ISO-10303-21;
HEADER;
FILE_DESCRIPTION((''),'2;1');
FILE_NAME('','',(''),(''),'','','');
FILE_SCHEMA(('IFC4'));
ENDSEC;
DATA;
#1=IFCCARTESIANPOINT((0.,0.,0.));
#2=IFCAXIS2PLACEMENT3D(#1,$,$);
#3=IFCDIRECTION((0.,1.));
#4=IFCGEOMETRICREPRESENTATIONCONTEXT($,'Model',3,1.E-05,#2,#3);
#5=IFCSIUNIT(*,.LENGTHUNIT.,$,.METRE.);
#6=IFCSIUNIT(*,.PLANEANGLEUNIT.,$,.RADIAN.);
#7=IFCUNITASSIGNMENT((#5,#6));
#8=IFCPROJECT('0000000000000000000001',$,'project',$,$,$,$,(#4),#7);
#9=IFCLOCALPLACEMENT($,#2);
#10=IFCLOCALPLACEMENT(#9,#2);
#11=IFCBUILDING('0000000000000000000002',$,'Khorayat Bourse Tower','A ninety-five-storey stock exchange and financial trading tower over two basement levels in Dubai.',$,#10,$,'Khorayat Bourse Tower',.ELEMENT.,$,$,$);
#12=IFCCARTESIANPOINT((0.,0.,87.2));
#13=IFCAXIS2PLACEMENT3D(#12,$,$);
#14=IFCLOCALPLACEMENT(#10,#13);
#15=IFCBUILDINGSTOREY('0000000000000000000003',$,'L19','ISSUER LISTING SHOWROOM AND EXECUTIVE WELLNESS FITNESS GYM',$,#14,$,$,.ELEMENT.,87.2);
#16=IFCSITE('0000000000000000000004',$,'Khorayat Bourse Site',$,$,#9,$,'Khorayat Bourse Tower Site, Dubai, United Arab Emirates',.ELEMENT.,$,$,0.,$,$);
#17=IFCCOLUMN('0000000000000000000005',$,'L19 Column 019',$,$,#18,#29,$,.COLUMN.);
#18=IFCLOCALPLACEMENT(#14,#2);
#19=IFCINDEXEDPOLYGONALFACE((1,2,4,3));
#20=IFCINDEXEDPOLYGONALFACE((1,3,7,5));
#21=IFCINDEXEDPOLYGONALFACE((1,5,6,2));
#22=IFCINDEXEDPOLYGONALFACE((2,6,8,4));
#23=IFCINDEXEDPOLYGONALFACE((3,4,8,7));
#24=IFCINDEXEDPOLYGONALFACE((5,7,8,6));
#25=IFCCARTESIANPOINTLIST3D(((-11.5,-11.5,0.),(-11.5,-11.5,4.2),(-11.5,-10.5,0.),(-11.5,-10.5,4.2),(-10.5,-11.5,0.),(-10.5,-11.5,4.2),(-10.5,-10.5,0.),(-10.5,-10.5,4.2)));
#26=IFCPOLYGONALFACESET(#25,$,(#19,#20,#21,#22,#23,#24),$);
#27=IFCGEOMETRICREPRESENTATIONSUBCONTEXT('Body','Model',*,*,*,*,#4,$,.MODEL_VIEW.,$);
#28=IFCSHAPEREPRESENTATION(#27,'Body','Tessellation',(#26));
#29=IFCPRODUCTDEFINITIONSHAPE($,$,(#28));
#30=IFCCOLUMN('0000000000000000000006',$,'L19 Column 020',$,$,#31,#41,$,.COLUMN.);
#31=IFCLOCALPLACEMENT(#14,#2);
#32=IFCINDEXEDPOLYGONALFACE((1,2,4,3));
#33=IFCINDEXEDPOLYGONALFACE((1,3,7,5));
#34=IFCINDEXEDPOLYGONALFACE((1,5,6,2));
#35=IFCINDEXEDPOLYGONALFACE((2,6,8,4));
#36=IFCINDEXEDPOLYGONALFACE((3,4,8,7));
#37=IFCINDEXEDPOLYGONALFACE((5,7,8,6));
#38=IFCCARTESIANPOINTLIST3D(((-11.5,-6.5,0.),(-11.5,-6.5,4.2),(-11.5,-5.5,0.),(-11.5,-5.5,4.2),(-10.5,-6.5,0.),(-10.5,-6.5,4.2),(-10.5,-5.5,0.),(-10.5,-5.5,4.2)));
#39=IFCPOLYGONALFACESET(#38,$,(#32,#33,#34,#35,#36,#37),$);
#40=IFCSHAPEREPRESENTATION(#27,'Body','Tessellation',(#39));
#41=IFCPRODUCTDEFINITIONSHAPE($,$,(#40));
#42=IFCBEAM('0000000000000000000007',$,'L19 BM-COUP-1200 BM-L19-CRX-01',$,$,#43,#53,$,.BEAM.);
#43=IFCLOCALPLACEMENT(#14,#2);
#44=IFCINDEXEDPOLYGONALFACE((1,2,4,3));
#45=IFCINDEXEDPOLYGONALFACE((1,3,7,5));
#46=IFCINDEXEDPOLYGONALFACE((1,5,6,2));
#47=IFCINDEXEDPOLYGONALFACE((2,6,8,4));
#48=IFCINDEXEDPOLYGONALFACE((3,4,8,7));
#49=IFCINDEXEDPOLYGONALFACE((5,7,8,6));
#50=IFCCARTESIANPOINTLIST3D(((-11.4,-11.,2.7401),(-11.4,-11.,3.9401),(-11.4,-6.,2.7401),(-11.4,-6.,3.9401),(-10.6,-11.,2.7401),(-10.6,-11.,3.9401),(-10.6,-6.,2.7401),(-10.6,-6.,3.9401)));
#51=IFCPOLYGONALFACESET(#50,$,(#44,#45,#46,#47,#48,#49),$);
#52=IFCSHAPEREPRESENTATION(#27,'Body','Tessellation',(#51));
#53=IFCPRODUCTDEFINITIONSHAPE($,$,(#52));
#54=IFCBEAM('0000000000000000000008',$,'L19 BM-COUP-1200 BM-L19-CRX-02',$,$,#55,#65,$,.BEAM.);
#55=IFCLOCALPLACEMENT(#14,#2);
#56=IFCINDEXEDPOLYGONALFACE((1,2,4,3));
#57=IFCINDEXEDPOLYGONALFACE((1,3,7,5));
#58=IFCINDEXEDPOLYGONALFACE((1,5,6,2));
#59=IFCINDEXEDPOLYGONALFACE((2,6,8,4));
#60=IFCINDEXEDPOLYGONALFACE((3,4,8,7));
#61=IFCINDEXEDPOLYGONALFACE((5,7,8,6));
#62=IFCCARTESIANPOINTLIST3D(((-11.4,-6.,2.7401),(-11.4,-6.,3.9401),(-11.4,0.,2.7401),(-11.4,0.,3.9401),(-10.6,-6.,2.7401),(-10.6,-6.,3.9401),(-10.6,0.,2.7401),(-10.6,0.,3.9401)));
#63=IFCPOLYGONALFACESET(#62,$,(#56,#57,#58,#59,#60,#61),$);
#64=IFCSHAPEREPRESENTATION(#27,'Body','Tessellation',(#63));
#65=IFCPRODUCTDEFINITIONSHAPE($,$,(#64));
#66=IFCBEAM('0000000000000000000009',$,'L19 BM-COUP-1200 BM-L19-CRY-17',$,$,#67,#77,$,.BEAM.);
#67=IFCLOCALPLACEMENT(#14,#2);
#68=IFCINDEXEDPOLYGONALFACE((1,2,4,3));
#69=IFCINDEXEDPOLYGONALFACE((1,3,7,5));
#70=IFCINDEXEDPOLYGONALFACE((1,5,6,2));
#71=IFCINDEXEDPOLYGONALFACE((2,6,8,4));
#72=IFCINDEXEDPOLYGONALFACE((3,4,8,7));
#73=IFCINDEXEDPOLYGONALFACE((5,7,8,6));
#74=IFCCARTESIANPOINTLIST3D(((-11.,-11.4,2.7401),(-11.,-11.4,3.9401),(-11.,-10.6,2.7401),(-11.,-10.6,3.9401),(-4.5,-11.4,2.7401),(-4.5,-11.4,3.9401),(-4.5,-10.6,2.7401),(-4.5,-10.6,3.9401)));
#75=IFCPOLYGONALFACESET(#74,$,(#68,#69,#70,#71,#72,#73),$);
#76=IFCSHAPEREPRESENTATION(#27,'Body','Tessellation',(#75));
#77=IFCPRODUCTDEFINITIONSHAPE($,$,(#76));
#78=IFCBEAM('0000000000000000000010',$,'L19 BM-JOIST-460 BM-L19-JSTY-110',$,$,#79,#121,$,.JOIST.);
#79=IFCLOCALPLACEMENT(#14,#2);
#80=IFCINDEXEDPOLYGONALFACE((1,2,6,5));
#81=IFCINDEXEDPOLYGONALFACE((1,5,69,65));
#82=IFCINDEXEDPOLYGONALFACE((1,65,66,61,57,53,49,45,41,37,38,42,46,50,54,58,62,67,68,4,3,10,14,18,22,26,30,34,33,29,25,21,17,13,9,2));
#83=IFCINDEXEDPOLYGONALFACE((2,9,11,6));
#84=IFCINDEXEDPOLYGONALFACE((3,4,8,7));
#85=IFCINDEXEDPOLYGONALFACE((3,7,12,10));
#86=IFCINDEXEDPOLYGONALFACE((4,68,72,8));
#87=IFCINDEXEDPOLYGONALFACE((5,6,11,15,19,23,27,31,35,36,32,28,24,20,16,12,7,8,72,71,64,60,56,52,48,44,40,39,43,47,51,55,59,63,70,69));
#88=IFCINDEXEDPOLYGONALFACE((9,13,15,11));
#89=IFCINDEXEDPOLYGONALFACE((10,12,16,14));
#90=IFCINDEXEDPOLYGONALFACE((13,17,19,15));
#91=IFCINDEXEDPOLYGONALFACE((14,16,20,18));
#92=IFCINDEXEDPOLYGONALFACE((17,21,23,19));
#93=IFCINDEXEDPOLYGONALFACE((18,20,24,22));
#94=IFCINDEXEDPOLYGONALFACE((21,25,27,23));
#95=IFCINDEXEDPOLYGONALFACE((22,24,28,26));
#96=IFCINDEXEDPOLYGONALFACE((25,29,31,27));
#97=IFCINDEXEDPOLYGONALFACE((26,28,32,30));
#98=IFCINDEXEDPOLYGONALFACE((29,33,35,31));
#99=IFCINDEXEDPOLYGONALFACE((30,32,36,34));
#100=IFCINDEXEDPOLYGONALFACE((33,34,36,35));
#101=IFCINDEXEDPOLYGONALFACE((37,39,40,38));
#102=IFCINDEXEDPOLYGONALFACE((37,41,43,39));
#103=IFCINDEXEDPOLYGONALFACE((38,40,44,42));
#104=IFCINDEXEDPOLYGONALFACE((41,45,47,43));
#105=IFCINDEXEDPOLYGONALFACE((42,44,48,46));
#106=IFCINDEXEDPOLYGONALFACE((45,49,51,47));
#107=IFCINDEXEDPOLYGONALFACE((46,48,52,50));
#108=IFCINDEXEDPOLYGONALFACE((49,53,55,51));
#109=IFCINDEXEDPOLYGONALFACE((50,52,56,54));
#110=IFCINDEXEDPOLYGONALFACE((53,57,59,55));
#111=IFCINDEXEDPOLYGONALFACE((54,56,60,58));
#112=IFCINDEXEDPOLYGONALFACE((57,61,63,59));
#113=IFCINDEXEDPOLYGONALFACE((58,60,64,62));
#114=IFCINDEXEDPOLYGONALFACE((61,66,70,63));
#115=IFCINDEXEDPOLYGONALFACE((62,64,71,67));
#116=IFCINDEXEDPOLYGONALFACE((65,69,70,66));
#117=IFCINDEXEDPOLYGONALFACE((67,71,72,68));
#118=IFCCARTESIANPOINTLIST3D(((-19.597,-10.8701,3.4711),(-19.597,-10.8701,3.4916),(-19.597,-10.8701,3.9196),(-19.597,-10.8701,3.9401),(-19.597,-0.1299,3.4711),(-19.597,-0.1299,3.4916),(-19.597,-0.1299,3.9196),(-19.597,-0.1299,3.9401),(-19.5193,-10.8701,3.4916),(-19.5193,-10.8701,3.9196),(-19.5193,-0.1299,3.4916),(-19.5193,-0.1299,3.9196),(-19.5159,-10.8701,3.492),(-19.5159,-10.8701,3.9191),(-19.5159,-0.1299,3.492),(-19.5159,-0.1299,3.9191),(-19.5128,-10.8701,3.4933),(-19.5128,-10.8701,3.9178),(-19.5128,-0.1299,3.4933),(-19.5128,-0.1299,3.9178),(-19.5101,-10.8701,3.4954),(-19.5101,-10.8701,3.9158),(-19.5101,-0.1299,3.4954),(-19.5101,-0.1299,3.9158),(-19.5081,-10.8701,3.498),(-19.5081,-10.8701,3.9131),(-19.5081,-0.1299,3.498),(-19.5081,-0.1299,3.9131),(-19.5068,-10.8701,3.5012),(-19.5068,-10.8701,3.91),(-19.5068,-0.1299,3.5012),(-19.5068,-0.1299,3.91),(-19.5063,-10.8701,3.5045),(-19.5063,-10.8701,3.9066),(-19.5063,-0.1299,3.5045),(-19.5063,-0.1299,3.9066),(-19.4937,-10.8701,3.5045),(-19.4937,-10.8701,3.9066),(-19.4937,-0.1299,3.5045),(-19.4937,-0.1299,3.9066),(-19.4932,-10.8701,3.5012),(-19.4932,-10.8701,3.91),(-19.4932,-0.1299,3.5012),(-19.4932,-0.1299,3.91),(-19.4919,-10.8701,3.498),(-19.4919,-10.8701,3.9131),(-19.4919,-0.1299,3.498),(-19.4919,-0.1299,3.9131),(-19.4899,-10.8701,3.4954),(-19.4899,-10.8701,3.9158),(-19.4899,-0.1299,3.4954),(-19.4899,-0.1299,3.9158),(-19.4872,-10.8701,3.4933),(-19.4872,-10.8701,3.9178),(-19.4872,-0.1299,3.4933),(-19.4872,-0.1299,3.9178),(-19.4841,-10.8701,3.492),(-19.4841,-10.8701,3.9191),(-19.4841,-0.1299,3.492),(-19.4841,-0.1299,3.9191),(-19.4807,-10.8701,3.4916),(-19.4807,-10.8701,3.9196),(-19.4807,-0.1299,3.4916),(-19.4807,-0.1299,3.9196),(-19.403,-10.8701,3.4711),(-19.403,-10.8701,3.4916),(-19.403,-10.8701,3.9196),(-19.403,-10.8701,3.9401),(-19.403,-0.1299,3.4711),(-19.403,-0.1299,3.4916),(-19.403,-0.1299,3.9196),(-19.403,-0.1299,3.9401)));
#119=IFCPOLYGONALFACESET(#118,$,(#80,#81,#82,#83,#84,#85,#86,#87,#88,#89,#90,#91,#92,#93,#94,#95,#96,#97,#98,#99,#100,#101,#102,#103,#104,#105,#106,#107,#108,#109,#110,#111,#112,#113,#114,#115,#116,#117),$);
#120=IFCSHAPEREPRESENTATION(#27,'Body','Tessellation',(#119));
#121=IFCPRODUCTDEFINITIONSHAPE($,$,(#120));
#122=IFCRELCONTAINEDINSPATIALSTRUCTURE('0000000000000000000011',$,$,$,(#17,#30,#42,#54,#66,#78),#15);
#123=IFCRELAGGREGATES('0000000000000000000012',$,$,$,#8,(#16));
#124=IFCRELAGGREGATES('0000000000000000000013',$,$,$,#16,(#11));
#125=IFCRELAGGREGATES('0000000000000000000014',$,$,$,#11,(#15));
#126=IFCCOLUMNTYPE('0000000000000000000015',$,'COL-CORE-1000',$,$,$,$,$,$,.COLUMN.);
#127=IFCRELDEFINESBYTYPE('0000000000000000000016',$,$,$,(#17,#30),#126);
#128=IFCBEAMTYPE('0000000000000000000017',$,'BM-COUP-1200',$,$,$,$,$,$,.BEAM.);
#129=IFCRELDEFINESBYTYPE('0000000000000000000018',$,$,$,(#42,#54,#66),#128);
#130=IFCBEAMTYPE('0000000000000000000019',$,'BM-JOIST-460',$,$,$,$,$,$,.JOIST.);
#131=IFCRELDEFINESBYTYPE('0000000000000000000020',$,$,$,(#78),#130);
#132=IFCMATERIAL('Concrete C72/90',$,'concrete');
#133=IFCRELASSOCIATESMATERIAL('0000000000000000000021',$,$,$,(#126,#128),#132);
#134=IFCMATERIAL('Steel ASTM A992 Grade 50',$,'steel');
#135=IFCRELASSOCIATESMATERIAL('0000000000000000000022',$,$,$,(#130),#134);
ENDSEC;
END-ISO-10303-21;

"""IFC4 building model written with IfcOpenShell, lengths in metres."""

from ifc_helpers import new_model, si_unit, direction, frame, origin, origin_2d, place, context, subcontext, project, spatial, rectangle, i_section, extrude, source, transform, mapped, material, material_profile, profile_set, type_object, element, save


model = new_model("IFC4")

# Units and contexts
model_context = context("Model", 3, precision=1e-05, world=origin(), true_north=direction((0.0, 1.0)))
body_context = subcontext(model_context, "Body", "Model", "MODEL_VIEW")
ifc_project = project(units=[si_unit("LENGTHUNIT", "METRE"), si_unit("PLANEANGLEUNIT", "RADIAN")], contexts=[model_context])

# Site, building, storey
site_placement = place(None, origin())
site = spatial("IfcSite", under=ifc_project, at=site_placement, Name="Khorayat Bourse Site", LongName="Khorayat Bourse Tower Site, Dubai, United Arab Emirates", CompositionType="ELEMENT", RefElevation=0.0)
building_placement = place(site_placement, origin())
building = spatial("IfcBuilding", under=site, at=building_placement, Name="Khorayat Bourse Tower", Description="A ninety-five-storey stock exchange and financial trading tower over two basement levels in Dubai.", LongName="Khorayat Bourse Tower", CompositionType="ELEMENT")
storey_placement = place(building_placement, frame((0.0, 0.0, 87.2)))
storey = spatial("IfcBuildingStorey", under=building, at=storey_placement, Name="L19", Description="ISSUER LISTING SHOWROOM AND EXECUTIVE WELLNESS FITNESS GYM", CompositionType="ELEMENT", Elevation=87.2)

# Columns
ifc_material_1 = material(Name="Concrete C72/90", Category="concrete")
ifc_material_profile_1 = material_profile(ifc_material_1, rectangle(XDim=1.0, YDim=1.0, at=origin_2d()), Name="RC 1000x1000")
ifc_profile_set_1 = profile_set([ifc_material_profile_1], Name="Concrete C72/90")
column_type = type_object("IfcColumnType", Name="COL-CORE-1000", PredefinedType="COLUMN", material=ifc_profile_set_1)
shared_shape_1 = source(origin(), body_context, "Body", "SweptSolid", [
    extrude(rectangle(XDim=1.0, YDim=1.0, at=origin_2d()), origin(), (0.0, 0.0, 1.0), 4.2),
])
for number, where, z_axis, x_axis, name in (
    (1, (-11.0, -11.0, 0.0), (0.0, 0.0, 1.0), (1.0, 0.0, 0.0), "L19 Column 019"),
    (2, (-11.0, -6.0, 0.0), (0.0, 0.0, 1.0), (1.0, 0.0, 0.0), "L19 Column 020"),
):
    element("IfcColumn", number, at=place(storey_placement, frame(where, z_axis=z_axis, x_axis=x_axis)), inside=storey, type_object=column_type, Name=name, PredefinedType="COLUMN", context=body_context, shape_type="MappedRepresentation", body=[
        mapped(shared_shape_1, transform((0.0, 0.0, 0.0), scale=1.0)),
    ])

# Beams
ifc_material_profile_2 = material_profile(ifc_material_1, rectangle(XDim=0.8, YDim=1.2, at=origin_2d()), Name="RC 800x1200")
ifc_profile_set_2 = profile_set([ifc_material_profile_2], Name="Concrete C72/90")
beam_type_1 = type_object("IfcBeamType", Name="BM-COUP-1200", PredefinedType="BEAM", material=ifc_profile_set_2)
shared_shape_2 = source(origin(), body_context, "Body", "SweptSolid", [
    extrude(rectangle(XDim=0.8, YDim=1.2, at=origin_2d()), origin(), (0.0, 0.0, 1.0), 5.0),
])
beam_1_placement = place(storey_placement, frame((-11.0, -11.0, 3.3401), z_axis=(0.0, 1.0, 0.0), x_axis=(-1.0, 0.0, 0.0)))
element("IfcBeam", 3, at=beam_1_placement, inside=storey, type_object=beam_type_1, Name="L19 BM-COUP-1200 BM-L19-CRX-01", PredefinedType="BEAM", context=body_context, shape_type="MappedRepresentation", body=[
    mapped(shared_shape_2, transform((0.0, 0.0, 0.0), scale=1.0)),
])
shared_shape_3 = source(origin(), body_context, "Body", "SweptSolid", [
    extrude(rectangle(XDim=0.8, YDim=1.2, at=origin_2d()), origin(), (0.0, 0.0, 1.0), 6.0),
])
beam_2_placement = place(storey_placement, frame((-11.0, -6.0, 3.3401), z_axis=(0.0, 1.0, 0.0), x_axis=(-1.0, 0.0, 0.0)))
element("IfcBeam", 4, at=beam_2_placement, inside=storey, type_object=beam_type_1, Name="L19 BM-COUP-1200 BM-L19-CRX-02", PredefinedType="BEAM", context=body_context, shape_type="MappedRepresentation", body=[
    mapped(shared_shape_3, transform((0.0, 0.0, 0.0), scale=1.0)),
])
shared_shape_4 = source(origin(), body_context, "Body", "SweptSolid", [
    extrude(rectangle(XDim=0.8, YDim=1.2, at=origin_2d()), origin(), (0.0, 0.0, 1.0), 6.5),
])
beam_3_placement = place(storey_placement, frame((-11.0, -11.0, 3.3401), z_axis=(1.0, 0.0, 0.0), x_axis=(0.0, 1.0, 0.0)))
element("IfcBeam", 5, at=beam_3_placement, inside=storey, type_object=beam_type_1, Name="L19 BM-COUP-1200 BM-L19-CRY-17", PredefinedType="BEAM", context=body_context, shape_type="MappedRepresentation", body=[
    mapped(shared_shape_4, transform((0.0, 0.0, 0.0), scale=1.0)),
])
ifc_material_2 = material(Name="Steel ASTM A992 Grade 50", Category="steel")
ifc_material_profile_3 = material_profile(ifc_material_2, i_section(OverallWidth=0.1941, OverallDepth=0.469, WebThickness=0.0127, FlangeThickness=0.0205, FilletRadius=0.0129, at=origin_2d()), Name="W460X106")
ifc_profile_set_3 = profile_set([ifc_material_profile_3], Name="Steel ASTM A992 Grade 50")
beam_type_2 = type_object("IfcBeamType", Name="BM-JOIST-460", PredefinedType="JOIST", material=ifc_profile_set_3)
shared_shape_5 = source(origin(), body_context, "Body", "SweptSolid", [
    extrude(i_section(OverallWidth=0.1941, OverallDepth=0.469, WebThickness=0.0127, FlangeThickness=0.0205, FilletRadius=0.0129, at=origin_2d()), origin(), (0.0, 0.0, 1.0), 10.7402),
])
beam_4_placement = place(storey_placement, frame((-19.5, -10.8701, 3.7056), z_axis=(0.0, 1.0, 0.0), x_axis=(-1.0, 0.0, 0.0)))
element("IfcBeam", 6, at=beam_4_placement, inside=storey, type_object=beam_type_2, Name="L19 BM-JOIST-460 BM-L19-JSTY-110", PredefinedType="JOIST", context=body_context, shape_type="MappedRepresentation", body=[
    mapped(shared_shape_5, transform((0.0, 0.0, 0.0), scale=1.0)),
])

save(model, "model.ifc")
